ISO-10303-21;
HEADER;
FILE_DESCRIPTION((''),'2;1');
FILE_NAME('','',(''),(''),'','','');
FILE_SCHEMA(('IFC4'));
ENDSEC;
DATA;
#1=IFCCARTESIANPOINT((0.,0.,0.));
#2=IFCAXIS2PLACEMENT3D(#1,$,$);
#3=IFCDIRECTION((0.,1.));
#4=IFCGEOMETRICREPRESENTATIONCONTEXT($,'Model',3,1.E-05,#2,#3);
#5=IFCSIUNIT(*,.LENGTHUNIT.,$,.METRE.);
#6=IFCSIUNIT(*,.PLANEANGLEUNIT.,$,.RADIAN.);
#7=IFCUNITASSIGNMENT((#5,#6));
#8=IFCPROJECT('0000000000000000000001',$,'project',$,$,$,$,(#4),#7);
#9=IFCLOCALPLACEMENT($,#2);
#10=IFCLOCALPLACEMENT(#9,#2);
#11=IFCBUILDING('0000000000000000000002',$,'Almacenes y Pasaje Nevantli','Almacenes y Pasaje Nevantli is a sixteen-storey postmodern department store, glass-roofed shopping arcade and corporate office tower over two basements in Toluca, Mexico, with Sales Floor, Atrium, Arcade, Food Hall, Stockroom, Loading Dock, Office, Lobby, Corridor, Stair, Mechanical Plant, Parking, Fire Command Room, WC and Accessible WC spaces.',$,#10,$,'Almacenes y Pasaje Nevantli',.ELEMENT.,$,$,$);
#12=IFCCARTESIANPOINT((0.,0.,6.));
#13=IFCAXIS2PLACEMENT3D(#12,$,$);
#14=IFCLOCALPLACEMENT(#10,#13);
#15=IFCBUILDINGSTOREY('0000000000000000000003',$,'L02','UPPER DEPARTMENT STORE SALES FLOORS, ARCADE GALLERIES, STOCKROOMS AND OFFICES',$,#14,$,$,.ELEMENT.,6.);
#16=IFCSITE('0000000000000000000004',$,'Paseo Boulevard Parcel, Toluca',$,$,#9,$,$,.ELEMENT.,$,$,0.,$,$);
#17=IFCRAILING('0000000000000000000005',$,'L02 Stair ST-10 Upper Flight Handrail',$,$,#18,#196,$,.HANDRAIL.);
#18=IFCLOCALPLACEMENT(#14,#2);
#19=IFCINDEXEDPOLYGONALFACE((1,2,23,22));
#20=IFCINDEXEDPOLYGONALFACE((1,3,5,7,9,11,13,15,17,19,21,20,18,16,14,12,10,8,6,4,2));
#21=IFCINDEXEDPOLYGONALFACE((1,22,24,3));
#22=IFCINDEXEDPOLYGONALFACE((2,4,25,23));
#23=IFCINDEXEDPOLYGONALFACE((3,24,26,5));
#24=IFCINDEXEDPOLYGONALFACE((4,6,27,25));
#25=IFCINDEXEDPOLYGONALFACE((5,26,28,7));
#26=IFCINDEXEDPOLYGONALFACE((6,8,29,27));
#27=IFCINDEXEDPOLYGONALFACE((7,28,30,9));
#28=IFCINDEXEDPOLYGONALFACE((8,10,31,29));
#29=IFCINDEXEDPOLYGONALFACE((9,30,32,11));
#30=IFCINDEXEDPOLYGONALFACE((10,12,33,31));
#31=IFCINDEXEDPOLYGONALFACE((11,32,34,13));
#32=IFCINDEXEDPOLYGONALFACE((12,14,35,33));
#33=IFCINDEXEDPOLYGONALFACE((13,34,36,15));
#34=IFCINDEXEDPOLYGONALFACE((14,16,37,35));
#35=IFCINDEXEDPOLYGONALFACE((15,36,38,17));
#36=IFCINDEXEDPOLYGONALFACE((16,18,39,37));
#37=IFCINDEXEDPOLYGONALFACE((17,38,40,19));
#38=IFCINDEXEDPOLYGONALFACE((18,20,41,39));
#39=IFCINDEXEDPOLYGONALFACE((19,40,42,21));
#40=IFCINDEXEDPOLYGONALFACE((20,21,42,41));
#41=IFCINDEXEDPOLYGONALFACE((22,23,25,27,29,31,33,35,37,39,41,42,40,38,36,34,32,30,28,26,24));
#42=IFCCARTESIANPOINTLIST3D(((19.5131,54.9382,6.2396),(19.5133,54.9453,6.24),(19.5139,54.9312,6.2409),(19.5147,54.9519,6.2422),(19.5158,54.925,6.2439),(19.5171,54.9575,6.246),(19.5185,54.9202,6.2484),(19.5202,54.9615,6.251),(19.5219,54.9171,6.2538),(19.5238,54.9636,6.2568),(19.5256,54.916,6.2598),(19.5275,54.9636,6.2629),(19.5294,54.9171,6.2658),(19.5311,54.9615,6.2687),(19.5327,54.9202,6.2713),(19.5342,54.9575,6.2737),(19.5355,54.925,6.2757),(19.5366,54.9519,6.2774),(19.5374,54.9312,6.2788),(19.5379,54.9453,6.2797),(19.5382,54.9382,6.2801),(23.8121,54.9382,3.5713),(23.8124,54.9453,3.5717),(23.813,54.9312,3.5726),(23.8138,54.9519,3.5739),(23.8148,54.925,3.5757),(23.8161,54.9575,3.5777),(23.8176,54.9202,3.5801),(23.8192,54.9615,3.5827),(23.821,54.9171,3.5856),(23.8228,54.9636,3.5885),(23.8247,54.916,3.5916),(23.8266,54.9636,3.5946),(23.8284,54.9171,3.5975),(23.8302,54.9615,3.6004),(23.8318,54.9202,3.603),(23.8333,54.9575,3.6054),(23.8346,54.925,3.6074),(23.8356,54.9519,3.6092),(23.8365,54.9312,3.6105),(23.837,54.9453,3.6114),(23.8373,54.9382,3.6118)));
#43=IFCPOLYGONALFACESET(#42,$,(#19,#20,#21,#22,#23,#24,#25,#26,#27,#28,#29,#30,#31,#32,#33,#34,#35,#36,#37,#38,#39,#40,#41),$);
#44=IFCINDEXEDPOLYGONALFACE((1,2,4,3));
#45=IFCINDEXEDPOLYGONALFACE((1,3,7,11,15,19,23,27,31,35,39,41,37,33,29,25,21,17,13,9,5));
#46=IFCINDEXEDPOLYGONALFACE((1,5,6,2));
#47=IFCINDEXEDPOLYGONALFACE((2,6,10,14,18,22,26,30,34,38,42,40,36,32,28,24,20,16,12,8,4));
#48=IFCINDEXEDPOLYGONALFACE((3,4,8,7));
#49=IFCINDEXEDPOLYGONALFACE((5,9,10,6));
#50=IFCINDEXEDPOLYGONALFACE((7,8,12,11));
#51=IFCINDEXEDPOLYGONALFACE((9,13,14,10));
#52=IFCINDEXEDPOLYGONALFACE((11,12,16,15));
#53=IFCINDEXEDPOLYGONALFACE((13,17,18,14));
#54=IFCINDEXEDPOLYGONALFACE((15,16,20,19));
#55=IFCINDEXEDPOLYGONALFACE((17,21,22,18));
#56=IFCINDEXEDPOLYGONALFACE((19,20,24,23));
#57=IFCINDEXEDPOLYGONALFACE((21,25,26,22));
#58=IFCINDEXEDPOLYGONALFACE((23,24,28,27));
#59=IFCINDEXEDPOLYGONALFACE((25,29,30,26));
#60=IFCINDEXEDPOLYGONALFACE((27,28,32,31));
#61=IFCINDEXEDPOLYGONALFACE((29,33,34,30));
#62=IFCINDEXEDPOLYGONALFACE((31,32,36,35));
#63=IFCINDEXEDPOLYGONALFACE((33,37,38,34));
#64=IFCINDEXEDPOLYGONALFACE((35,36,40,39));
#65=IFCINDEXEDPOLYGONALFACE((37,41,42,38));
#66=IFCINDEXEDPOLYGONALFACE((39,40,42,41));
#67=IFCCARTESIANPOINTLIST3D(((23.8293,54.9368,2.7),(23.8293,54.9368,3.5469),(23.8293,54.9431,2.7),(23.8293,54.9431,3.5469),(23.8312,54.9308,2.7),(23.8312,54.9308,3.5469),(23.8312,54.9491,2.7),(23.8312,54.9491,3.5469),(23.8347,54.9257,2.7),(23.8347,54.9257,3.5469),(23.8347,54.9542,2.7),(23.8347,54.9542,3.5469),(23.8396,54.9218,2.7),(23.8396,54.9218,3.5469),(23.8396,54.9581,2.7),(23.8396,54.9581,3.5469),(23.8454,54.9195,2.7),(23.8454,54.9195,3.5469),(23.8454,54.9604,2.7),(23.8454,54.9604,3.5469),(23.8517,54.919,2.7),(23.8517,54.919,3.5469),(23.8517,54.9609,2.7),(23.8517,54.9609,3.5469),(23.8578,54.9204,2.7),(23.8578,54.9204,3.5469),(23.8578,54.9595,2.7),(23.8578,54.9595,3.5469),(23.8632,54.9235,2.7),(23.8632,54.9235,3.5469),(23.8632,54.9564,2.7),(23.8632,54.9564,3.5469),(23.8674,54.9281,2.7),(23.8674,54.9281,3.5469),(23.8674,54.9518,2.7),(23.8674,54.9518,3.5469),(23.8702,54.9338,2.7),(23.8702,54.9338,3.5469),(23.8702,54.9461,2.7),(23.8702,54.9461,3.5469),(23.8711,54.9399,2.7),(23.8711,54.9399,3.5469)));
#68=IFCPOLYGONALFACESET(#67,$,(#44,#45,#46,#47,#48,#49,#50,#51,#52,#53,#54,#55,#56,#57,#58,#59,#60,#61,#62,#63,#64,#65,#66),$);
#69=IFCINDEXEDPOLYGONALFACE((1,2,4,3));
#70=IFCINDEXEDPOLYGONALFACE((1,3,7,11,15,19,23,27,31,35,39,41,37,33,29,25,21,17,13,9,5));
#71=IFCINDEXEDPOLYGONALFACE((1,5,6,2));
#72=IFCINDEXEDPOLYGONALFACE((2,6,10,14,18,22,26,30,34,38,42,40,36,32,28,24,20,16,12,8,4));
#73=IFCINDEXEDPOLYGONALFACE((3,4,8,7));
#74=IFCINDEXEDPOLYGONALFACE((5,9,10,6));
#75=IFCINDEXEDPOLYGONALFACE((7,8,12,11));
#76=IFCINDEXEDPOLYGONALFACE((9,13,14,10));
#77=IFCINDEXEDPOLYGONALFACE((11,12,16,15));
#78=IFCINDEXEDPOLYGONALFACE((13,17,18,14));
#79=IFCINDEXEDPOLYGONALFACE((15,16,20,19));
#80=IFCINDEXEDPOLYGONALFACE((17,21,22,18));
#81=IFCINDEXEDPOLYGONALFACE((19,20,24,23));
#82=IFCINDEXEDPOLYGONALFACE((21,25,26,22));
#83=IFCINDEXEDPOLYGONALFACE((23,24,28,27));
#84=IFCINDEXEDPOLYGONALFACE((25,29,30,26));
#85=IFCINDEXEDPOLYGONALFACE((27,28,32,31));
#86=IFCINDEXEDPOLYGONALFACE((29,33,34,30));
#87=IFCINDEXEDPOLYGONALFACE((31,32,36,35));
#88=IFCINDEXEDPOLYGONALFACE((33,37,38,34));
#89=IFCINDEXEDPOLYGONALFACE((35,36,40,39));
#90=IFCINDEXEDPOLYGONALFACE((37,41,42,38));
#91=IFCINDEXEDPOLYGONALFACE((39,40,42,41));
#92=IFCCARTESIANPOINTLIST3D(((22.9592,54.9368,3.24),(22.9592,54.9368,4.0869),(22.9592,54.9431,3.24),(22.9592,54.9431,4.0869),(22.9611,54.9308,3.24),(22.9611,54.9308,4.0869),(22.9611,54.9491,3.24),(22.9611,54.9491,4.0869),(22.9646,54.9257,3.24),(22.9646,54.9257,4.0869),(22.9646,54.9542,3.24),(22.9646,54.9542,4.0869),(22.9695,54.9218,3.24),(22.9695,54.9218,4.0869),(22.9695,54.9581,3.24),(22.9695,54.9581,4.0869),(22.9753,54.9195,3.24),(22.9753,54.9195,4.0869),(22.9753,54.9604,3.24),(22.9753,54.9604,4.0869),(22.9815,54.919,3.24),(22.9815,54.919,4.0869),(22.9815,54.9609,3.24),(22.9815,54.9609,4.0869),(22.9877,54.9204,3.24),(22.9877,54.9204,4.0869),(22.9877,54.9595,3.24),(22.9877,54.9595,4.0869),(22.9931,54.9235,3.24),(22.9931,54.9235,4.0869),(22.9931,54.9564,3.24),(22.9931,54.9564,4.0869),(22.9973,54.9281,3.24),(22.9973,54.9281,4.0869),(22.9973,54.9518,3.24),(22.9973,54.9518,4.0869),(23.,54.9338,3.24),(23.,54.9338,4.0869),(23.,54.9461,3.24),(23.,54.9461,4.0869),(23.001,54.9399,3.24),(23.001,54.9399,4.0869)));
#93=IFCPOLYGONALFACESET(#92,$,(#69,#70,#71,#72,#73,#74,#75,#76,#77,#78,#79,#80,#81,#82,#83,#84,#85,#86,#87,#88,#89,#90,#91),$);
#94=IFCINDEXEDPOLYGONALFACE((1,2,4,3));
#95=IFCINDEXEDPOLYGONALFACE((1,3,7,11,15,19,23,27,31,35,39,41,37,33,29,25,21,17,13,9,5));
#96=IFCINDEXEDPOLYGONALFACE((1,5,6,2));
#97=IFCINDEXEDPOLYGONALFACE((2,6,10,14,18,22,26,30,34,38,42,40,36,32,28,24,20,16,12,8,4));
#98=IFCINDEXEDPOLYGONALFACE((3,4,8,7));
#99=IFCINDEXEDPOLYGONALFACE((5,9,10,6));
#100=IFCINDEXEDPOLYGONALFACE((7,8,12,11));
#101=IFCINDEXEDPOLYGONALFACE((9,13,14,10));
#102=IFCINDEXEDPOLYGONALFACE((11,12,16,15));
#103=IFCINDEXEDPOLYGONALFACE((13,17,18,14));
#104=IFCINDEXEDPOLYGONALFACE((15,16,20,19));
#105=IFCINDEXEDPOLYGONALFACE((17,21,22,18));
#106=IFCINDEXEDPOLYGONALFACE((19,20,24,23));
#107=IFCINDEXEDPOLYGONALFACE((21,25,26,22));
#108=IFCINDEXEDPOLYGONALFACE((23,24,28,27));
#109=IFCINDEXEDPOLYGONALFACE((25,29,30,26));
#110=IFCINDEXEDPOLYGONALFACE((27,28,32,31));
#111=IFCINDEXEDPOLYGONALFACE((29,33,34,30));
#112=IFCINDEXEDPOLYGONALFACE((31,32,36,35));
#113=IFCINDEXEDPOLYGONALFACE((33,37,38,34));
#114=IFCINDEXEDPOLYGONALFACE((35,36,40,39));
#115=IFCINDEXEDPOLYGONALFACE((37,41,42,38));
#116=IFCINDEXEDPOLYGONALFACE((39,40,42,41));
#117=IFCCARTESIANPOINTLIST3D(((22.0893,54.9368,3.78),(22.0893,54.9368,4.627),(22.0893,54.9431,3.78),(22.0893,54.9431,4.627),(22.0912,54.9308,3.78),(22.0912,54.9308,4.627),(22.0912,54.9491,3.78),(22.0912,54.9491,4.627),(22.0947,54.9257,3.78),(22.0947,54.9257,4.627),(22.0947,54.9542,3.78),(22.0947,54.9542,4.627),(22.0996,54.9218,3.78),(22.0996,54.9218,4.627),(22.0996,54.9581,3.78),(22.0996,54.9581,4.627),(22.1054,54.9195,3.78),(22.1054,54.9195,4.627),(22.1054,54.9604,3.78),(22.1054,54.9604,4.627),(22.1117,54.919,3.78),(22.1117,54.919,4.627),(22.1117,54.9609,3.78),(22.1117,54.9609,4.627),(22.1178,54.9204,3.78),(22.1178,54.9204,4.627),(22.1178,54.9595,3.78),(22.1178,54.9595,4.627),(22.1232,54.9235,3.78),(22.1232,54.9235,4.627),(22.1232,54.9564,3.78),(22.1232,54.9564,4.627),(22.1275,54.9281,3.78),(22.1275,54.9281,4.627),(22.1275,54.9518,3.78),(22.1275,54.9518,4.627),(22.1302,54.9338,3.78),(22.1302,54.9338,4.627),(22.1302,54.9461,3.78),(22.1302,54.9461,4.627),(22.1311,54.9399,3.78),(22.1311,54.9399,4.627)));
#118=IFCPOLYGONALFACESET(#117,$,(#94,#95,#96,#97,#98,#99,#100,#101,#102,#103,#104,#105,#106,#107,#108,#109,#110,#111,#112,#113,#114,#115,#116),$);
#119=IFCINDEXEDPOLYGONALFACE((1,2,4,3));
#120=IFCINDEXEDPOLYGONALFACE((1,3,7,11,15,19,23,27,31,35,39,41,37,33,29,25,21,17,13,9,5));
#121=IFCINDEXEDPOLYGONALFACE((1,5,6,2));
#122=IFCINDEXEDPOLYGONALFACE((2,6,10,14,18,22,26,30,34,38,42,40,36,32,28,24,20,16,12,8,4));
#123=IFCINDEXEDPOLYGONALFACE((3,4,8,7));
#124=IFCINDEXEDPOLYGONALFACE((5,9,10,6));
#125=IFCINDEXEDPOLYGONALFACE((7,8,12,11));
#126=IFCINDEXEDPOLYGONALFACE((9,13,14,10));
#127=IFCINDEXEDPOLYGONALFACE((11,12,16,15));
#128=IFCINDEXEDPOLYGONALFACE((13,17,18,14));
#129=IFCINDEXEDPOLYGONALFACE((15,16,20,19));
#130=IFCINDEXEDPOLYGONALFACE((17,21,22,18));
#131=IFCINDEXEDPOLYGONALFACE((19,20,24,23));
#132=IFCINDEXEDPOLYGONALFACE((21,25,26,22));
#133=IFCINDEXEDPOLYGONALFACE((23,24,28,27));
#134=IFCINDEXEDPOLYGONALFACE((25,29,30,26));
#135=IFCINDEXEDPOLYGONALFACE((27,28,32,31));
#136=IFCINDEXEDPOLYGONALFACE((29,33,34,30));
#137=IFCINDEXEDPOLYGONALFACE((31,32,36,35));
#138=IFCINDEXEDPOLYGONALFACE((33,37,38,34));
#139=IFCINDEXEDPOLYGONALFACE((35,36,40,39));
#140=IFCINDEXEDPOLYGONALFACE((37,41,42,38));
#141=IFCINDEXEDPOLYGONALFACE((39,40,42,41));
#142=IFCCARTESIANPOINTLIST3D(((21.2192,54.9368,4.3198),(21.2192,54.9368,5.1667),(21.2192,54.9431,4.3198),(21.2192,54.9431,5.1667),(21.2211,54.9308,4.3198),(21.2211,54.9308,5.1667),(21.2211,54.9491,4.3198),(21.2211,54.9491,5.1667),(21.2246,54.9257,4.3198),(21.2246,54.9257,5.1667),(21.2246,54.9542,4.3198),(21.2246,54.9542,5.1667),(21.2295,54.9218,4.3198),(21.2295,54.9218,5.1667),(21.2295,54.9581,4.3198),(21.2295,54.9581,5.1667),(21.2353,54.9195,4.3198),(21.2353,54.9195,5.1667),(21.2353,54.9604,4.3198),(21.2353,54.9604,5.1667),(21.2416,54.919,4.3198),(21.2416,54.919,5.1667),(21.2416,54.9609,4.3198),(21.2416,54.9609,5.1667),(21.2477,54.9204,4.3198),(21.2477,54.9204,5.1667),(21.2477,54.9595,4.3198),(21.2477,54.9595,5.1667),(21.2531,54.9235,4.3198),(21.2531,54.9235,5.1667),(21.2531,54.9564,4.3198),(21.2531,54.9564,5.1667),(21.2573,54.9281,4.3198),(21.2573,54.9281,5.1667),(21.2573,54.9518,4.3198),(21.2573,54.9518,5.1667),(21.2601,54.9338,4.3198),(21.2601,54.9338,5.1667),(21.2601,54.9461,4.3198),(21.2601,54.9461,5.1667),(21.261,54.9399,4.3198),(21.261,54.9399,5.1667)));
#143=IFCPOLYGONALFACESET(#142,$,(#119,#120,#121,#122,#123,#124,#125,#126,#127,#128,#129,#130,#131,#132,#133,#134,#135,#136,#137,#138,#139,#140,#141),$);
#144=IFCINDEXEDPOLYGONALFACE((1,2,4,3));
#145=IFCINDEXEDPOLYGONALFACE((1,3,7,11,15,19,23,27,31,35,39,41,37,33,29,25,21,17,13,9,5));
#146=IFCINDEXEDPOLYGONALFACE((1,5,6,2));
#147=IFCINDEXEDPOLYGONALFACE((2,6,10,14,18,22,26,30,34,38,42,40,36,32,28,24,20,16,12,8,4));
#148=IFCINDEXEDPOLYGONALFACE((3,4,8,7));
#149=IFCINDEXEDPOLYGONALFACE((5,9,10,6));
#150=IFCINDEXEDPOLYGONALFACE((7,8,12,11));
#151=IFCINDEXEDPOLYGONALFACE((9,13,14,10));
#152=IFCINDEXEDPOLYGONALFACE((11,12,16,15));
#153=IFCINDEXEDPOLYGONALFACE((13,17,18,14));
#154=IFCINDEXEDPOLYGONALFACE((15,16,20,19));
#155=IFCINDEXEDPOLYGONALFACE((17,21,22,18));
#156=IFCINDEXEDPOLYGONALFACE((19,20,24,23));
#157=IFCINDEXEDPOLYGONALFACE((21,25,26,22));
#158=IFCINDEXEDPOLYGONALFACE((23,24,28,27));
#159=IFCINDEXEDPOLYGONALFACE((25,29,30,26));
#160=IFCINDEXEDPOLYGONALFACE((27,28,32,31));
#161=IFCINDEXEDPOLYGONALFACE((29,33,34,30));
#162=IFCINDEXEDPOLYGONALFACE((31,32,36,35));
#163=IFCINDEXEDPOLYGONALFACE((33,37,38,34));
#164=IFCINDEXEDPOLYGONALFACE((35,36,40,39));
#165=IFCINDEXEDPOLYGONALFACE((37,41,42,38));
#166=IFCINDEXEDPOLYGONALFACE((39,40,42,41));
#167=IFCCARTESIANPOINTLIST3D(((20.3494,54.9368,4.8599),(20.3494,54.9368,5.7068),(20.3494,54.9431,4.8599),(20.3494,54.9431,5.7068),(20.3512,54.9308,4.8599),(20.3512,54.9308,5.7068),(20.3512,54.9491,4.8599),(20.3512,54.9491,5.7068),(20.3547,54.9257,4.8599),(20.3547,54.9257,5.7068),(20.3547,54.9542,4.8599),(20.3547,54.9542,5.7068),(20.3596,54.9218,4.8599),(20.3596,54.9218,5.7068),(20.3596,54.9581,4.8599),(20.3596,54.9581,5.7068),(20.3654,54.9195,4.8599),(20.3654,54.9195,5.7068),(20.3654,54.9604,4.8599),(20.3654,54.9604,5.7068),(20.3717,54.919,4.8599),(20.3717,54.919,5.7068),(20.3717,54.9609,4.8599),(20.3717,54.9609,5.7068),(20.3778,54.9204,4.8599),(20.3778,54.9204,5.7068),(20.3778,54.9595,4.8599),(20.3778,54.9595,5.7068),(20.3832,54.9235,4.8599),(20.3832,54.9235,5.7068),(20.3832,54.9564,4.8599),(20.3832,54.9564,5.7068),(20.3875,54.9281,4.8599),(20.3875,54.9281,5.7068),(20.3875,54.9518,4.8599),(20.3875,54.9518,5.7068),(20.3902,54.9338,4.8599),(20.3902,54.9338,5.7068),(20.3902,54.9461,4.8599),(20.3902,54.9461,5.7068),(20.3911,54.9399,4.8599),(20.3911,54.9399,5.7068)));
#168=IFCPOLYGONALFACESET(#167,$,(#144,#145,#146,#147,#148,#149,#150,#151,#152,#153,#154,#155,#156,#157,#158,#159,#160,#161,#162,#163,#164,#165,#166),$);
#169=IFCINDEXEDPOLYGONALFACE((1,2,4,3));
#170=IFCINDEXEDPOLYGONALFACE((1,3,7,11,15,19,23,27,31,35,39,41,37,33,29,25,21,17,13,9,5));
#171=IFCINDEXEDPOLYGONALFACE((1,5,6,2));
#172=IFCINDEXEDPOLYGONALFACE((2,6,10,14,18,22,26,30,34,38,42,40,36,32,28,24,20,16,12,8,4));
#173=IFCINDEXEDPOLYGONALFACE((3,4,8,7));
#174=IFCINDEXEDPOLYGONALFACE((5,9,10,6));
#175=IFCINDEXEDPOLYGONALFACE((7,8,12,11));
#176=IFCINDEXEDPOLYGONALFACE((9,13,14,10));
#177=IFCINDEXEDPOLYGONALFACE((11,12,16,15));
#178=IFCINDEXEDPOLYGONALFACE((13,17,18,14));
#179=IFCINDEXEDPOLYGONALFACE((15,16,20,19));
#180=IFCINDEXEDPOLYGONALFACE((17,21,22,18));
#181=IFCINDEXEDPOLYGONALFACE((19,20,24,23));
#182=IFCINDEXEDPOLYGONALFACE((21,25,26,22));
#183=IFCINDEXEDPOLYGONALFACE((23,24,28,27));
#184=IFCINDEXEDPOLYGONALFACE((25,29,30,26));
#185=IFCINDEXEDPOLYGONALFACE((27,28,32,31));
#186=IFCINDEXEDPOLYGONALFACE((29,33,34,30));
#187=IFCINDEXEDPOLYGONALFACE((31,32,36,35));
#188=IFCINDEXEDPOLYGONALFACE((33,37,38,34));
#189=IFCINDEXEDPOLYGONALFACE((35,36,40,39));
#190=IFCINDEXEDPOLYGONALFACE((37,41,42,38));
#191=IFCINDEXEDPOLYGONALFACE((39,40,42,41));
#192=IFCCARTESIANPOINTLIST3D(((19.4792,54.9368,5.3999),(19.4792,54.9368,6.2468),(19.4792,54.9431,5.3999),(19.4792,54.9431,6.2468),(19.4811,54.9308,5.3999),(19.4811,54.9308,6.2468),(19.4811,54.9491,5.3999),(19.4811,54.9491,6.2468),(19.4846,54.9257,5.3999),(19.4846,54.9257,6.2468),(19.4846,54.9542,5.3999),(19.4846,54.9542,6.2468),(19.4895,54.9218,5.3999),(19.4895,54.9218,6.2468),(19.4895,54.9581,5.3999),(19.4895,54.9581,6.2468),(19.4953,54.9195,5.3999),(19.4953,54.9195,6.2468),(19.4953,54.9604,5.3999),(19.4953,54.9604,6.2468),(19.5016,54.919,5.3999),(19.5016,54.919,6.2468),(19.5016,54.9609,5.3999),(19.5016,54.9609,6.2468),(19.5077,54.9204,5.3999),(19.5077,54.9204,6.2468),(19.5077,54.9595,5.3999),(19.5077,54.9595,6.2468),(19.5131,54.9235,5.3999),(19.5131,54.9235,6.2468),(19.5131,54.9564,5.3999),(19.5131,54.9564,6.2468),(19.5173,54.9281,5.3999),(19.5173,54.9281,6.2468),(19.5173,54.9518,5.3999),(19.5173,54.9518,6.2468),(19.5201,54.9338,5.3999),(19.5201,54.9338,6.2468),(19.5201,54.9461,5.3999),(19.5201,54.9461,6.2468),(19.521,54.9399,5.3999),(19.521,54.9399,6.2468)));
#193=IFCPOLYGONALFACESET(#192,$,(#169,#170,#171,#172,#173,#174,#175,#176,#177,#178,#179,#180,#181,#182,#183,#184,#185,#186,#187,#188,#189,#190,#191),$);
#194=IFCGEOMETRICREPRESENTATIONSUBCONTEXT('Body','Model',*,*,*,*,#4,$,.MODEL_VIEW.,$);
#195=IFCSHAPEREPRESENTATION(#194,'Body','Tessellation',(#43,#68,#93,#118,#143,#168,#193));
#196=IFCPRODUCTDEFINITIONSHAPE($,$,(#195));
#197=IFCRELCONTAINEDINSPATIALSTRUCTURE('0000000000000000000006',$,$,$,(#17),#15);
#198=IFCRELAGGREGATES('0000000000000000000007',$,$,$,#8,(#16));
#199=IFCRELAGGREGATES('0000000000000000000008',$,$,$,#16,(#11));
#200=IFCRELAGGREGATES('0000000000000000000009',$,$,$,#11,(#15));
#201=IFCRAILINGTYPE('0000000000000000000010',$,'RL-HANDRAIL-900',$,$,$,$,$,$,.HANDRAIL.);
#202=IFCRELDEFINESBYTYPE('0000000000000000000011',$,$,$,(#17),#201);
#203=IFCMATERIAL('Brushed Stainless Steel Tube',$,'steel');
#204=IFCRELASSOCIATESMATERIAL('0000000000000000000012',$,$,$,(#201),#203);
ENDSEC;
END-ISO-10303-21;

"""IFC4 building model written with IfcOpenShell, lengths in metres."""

from ifc_helpers import new_model, si_unit, direction, frame, origin, origin_2d, place, context, subcontext, project, spatial, circle, extrude, material, type_object, element, save


model = new_model("IFC4")

# Units and contexts
model_context = context("Model", 3, precision=1e-05, world=origin(), true_north=direction((0.0, 1.0)))
body_context = subcontext(model_context, "Body", "Model", "MODEL_VIEW")
ifc_project = project(units=[si_unit("LENGTHUNIT", "METRE"), si_unit("PLANEANGLEUNIT", "RADIAN")], contexts=[model_context])

# Site, building, storey
site_placement = place(None, origin())
site = spatial("IfcSite", under=ifc_project, at=site_placement, Name="Paseo Boulevard Parcel, Toluca", CompositionType="ELEMENT", RefElevation=0.0)
building_placement = place(site_placement, origin())
building = spatial("IfcBuilding", under=site, at=building_placement, Name="Almacenes y Pasaje Nevantli", Description="Almacenes y Pasaje Nevantli is a sixteen-storey postmodern department store, glass-roofed shopping arcade and corporate office tower over two basements in Toluca, Mexico, with Sales Floor, Atrium, Arcade, Food Hall, Stockroom, Loading Dock, Office, Lobby, Corridor, Stair, Mechanical Plant, Parking, Fire Command Room, WC and Accessible WC spaces.", LongName="Almacenes y Pasaje Nevantli", CompositionType="ELEMENT")
storey_placement = place(building_placement, frame((0.0, 0.0, 6.0)))
storey = spatial("IfcBuildingStorey", under=building, at=storey_placement, Name="L02", Description="UPPER DEPARTMENT STORE SALES FLOORS, ARCADE GALLERIES, STOCKROOMS AND OFFICES", CompositionType="ELEMENT", Elevation=6.0)

# Railing
ifc_material_1 = material(Name="Brushed Stainless Steel Tube", Category="steel")
railing_type_1 = type_object("IfcRailingType", Name="RL-HANDRAIL-900", PredefinedType="HANDRAIL", material=ifc_material_1)
railing_1_placement = place(storey_placement, frame((23.8501, 54.9399, 2.7)))
element("IfcRailing", 1, at=railing_1_placement, inside=storey, type_object=railing_type_1, Name="L02 Stair ST-10 Upper Flight Handrail", PredefinedType="HANDRAIL", context=body_context, shape_type="SweptSolid", body=[
    extrude(circle(Radius=0.0239, at=origin_2d()), frame((-0.0254, 0.0, 0.8916), z_axis=(-0.84965, 0.0, 0.527347), x_axis=(0.0, -1.0, 0.0)), (0.0, 0.0, 1.0), 5.0598),
    extrude(circle(Radius=0.021, at=origin_2d()), origin(), (0.0, 0.0, 1.0), 0.8469),
    extrude(circle(Radius=0.021, at=origin_2d()), frame((-0.8701, 0.0, 0.54)), (0.0, 0.0, 1.0), 0.8469),
    extrude(circle(Radius=0.021, at=origin_2d()), frame((-1.74, 0.0, 1.0801)), (0.0, 0.0, 1.0), 0.8469),
    extrude(circle(Radius=0.021, at=origin_2d()), frame((-2.6101, 0.0, 1.6199)), (0.0, 0.0, 1.0), 0.8469),
    extrude(circle(Radius=0.021, at=origin_2d()), frame((-3.48, 0.0, 2.1599)), (0.0, 0.0, 1.0), 0.8469),
    extrude(circle(Radius=0.021, at=origin_2d()), frame((-4.3501, 0.0, 2.7)), (0.0, 0.0, 1.0), 0.8469),
])

save(model, "model.ifc")
